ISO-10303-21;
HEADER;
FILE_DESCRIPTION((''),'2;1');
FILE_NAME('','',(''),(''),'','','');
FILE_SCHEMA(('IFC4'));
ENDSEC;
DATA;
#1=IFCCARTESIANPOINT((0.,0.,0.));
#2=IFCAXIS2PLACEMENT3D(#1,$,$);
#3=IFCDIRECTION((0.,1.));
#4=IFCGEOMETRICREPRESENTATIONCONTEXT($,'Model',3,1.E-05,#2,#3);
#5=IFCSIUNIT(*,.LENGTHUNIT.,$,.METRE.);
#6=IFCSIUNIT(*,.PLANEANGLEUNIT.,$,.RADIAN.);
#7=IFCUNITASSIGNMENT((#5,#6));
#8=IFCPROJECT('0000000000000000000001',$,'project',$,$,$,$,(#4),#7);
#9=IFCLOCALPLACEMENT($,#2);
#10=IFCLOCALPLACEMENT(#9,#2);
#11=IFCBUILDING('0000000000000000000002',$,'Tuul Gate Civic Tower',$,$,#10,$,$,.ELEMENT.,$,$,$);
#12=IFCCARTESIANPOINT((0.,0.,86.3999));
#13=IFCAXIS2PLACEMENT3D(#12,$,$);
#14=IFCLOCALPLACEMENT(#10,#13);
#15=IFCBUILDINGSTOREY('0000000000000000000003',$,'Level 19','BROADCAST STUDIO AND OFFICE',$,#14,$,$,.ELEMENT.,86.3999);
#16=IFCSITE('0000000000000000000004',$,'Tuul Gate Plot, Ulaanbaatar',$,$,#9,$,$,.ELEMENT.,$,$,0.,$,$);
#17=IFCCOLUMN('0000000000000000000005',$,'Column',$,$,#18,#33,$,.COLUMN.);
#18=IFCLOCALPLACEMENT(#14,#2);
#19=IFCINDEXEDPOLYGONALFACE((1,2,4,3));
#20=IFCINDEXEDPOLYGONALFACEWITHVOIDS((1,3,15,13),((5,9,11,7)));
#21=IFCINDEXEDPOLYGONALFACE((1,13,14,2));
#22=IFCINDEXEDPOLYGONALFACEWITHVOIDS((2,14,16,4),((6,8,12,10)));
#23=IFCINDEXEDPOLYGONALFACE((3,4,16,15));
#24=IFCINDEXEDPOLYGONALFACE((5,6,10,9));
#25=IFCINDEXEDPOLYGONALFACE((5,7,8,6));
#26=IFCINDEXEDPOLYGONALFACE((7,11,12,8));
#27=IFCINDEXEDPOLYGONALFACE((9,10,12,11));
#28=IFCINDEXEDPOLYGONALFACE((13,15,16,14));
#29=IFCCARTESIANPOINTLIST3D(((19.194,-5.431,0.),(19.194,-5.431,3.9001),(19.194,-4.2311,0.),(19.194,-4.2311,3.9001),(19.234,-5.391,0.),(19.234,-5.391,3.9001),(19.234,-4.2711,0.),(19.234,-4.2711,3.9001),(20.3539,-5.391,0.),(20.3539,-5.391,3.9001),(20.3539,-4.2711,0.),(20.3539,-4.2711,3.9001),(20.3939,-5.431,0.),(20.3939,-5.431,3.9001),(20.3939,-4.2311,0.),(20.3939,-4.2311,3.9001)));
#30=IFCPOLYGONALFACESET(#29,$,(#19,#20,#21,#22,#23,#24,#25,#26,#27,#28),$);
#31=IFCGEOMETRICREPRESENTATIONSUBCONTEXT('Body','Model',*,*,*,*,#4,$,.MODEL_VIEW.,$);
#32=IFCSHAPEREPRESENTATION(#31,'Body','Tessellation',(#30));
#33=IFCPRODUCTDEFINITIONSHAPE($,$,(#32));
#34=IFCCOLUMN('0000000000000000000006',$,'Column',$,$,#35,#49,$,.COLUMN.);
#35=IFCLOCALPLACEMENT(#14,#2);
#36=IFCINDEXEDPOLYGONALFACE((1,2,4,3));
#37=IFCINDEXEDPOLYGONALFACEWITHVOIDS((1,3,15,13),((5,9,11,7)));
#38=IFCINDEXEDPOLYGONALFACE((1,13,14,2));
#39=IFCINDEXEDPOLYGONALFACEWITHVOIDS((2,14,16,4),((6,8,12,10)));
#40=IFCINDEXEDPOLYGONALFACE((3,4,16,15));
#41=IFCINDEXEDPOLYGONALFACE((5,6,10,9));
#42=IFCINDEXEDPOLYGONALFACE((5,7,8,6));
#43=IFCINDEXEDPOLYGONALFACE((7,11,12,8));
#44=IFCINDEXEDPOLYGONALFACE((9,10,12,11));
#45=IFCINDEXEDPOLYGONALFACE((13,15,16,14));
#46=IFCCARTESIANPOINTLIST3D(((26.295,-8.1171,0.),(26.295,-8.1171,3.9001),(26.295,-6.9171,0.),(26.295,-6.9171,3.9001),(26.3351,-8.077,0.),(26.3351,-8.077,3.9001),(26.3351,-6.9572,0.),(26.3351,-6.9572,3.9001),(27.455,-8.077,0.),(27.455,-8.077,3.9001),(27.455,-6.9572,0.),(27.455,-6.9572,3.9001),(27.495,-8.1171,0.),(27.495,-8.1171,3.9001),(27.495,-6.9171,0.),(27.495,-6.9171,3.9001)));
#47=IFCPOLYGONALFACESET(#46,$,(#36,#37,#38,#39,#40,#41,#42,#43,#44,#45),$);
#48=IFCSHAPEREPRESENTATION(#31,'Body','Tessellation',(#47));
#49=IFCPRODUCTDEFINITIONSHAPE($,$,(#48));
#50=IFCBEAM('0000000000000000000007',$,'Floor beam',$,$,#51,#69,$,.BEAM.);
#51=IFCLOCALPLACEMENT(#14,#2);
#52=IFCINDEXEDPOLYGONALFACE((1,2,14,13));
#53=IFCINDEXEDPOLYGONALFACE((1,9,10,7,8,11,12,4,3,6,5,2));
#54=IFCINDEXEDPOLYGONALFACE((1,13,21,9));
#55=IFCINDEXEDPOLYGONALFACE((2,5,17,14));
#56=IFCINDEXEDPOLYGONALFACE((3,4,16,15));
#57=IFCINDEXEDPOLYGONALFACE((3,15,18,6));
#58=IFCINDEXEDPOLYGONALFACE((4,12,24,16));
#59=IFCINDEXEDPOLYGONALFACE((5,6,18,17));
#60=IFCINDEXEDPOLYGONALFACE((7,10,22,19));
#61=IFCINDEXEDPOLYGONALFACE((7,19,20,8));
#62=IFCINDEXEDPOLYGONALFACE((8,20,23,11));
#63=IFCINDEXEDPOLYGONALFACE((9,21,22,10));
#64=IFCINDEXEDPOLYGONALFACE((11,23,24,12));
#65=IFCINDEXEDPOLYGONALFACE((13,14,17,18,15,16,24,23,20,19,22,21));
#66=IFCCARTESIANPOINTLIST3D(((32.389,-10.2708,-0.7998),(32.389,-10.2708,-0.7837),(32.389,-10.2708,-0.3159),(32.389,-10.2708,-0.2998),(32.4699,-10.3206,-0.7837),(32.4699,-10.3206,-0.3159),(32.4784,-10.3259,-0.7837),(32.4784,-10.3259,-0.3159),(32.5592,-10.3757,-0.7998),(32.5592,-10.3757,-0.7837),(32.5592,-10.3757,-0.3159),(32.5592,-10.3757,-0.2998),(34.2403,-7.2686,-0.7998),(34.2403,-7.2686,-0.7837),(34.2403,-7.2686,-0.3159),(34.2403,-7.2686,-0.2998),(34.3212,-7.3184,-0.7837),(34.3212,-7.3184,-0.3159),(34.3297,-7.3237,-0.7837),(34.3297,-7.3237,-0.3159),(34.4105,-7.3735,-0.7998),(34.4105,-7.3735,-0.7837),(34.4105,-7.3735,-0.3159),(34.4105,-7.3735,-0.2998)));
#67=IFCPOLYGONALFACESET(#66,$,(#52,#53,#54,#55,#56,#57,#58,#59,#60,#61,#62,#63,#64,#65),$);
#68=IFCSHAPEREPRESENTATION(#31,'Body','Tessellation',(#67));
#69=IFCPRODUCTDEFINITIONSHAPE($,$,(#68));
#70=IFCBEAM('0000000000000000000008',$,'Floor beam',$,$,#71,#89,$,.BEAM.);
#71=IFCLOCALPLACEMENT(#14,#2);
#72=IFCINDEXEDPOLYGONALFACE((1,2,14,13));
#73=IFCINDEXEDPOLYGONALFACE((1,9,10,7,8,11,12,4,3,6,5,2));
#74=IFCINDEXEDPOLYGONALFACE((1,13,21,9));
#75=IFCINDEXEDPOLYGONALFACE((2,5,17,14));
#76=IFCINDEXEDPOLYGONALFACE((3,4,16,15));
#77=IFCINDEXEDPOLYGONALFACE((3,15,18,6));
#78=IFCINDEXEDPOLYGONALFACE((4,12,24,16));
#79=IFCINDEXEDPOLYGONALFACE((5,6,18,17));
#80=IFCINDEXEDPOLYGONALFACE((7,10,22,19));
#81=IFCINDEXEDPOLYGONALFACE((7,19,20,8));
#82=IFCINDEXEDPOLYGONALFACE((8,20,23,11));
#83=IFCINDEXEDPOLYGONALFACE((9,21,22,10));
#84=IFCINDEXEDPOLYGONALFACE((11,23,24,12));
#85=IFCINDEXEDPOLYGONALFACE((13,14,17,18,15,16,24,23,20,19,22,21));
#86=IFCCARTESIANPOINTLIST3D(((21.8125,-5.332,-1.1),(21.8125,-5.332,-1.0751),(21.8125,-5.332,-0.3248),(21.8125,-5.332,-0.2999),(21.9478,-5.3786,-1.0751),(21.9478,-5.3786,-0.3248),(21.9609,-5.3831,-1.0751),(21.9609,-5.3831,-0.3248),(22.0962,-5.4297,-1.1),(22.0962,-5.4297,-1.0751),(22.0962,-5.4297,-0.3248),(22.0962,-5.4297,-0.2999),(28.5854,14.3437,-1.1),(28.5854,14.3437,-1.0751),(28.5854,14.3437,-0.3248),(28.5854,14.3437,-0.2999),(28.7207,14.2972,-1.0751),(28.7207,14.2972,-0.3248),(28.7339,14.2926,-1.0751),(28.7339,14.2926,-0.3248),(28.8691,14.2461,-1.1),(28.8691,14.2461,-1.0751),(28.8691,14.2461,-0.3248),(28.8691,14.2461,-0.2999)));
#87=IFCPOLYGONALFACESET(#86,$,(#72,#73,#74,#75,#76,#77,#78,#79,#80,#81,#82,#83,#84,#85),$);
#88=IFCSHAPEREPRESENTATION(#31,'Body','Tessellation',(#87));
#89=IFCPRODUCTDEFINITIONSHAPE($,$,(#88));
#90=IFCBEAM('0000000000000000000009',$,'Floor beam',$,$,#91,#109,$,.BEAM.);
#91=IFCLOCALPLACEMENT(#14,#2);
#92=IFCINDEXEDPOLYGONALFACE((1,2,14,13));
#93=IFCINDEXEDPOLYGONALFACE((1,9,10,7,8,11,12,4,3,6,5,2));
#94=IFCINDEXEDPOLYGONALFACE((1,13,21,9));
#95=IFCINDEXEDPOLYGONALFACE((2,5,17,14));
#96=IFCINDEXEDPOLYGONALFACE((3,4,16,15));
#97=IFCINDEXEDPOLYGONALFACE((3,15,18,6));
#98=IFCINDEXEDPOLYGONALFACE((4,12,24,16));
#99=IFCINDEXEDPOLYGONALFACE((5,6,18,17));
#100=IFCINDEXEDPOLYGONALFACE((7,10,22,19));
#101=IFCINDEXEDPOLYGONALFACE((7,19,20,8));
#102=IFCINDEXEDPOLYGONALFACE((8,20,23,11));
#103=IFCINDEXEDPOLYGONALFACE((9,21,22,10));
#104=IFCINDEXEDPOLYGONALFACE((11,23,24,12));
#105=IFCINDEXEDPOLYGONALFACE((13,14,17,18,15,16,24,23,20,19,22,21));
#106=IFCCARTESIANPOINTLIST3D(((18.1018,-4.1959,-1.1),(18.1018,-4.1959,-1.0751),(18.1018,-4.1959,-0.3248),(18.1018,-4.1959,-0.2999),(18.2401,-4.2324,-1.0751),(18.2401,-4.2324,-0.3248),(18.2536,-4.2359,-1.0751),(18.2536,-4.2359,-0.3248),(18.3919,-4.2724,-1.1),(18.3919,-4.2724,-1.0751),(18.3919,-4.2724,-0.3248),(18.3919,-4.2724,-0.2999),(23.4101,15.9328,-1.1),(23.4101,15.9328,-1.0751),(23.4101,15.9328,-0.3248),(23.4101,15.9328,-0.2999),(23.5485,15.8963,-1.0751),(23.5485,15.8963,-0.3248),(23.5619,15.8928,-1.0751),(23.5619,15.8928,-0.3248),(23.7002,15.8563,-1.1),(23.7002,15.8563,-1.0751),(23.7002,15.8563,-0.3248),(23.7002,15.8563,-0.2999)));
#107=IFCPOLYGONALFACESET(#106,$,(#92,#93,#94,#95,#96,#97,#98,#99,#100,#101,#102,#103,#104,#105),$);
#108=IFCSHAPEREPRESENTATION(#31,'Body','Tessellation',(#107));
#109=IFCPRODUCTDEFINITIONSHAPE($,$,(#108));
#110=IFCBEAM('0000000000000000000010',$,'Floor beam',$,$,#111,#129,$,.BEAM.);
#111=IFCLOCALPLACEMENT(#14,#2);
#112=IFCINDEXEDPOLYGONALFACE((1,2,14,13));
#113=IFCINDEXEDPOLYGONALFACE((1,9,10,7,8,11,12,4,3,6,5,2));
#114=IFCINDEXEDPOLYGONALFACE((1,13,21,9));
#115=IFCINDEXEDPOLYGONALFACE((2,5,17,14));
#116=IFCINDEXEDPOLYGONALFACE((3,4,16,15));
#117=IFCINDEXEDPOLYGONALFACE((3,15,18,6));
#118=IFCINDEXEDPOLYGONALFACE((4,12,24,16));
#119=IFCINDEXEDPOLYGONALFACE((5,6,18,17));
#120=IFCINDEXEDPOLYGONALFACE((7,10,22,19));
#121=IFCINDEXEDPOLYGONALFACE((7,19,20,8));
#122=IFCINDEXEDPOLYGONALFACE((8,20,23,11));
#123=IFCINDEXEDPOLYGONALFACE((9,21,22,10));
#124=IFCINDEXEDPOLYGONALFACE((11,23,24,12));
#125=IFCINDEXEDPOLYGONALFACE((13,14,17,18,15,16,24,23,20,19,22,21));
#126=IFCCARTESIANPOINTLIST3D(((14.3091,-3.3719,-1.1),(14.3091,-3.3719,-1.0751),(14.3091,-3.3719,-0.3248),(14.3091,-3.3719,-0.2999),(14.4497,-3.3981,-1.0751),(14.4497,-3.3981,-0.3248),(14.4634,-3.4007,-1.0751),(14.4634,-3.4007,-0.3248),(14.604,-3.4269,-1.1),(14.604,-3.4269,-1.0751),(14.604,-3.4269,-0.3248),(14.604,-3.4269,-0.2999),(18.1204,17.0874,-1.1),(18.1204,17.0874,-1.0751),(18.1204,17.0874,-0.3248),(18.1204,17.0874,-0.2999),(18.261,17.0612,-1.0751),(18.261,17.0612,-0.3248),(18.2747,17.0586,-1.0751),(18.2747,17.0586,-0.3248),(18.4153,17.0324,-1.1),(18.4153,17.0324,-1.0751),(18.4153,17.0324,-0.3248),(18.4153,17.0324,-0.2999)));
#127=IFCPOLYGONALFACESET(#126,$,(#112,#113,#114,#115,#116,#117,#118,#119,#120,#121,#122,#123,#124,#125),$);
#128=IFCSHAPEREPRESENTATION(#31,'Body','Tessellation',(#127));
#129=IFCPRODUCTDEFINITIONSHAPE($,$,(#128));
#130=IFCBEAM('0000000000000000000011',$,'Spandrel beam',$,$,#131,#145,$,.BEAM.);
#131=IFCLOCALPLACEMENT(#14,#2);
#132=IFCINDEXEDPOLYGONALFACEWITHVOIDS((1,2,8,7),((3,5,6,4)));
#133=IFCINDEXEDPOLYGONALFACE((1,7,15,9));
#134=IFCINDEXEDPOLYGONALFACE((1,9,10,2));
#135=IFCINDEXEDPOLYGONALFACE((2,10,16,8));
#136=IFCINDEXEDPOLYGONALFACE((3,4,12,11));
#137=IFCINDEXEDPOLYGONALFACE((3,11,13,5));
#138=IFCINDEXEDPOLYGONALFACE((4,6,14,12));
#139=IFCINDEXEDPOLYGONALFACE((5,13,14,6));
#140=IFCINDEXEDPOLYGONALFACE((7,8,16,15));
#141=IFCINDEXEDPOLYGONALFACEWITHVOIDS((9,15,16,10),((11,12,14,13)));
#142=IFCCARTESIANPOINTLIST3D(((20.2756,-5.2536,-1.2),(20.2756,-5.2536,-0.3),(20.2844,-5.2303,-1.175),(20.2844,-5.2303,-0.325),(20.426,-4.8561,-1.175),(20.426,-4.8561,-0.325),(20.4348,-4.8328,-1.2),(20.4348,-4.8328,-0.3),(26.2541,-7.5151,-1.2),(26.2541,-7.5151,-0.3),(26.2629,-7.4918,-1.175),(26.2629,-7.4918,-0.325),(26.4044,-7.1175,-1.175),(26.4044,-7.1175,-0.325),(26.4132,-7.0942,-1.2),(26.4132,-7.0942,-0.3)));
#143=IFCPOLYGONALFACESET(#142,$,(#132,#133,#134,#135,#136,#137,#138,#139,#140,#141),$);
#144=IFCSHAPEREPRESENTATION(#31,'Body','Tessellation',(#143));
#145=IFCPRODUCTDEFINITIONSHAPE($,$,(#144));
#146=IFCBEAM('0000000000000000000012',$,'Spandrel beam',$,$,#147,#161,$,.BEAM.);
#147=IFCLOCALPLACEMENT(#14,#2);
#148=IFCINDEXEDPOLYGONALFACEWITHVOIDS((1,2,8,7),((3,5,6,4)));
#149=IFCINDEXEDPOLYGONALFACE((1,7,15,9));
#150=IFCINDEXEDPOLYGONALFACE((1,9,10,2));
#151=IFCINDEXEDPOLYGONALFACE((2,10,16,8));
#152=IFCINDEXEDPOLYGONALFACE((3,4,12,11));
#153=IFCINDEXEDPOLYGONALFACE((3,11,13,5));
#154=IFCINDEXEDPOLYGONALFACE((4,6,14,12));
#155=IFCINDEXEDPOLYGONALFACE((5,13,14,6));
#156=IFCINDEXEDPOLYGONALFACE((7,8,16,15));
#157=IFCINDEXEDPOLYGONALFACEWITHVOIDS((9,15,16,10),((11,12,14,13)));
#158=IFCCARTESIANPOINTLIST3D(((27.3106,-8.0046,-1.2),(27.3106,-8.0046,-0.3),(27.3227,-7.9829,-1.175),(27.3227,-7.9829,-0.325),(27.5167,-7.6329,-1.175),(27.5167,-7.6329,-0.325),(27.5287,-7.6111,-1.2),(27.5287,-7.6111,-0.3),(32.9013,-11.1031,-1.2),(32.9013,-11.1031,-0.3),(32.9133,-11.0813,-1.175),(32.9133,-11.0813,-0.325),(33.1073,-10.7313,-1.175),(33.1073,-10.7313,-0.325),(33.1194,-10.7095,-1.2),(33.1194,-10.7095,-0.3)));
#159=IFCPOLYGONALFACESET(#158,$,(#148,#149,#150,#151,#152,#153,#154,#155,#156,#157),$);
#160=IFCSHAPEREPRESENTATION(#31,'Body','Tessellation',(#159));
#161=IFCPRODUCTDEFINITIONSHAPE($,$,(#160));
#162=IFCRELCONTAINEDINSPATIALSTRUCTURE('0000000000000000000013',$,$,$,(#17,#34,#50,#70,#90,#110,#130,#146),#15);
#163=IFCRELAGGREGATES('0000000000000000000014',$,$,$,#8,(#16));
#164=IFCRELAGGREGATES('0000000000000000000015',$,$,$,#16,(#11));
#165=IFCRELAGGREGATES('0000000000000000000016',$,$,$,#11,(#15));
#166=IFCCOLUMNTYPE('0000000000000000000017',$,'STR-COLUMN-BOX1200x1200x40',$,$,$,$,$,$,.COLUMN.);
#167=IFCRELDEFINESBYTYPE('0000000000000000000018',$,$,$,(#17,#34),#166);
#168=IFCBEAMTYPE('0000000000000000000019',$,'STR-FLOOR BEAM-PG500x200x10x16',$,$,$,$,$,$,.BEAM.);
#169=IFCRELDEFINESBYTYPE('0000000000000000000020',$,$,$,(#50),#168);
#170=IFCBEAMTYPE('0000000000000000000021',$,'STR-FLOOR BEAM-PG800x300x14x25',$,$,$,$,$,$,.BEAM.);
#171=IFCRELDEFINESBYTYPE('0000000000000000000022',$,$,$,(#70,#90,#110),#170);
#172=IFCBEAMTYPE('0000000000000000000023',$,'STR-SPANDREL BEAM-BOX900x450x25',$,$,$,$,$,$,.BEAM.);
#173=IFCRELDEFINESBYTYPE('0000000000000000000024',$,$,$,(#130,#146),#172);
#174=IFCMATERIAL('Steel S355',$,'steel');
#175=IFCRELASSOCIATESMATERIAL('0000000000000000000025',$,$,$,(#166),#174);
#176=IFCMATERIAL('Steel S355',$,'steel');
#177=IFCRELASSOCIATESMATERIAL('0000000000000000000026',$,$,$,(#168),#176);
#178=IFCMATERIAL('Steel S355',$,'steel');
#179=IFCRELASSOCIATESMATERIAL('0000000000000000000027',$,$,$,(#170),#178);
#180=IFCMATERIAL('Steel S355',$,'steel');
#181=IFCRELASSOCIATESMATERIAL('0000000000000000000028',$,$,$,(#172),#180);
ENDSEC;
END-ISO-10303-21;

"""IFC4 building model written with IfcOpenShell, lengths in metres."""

from ifc_helpers import new_model, si_unit, direction, frame, origin, origin_2d, place, context, subcontext, project, spatial, hollow_rectangle, i_section, extrude, material, material_profile, profile_set, type_object, element, save


model = new_model("IFC4")

# Units and contexts
model_context = context("Model", 3, precision=1e-05, world=origin(), true_north=direction((0.0, 1.0)))
body_context = subcontext(model_context, "Body", "Model", "MODEL_VIEW")
ifc_project = project(units=[si_unit("LENGTHUNIT", "METRE"), si_unit("PLANEANGLEUNIT", "RADIAN")], contexts=[model_context])

# Site, building, storey
site_placement = place(None, origin())
site = spatial("IfcSite", under=ifc_project, at=site_placement, Name="Tuul Gate Plot, Ulaanbaatar", CompositionType="ELEMENT", RefElevation=0.0)
building_placement = place(site_placement, origin())
building = spatial("IfcBuilding", under=site, at=building_placement, Name="Tuul Gate Civic Tower", CompositionType="ELEMENT")
storey_placement = place(building_placement, frame((0.0, 0.0, 86.3999)))
storey = spatial("IfcBuildingStorey", under=building, at=storey_placement, Name="Level 19", Description="BROADCAST STUDIO AND OFFICE", CompositionType="ELEMENT", Elevation=86.3999)

# Columns
ifc_material_1 = material(Name="Steel S355", Category="steel")
ifc_material_profile_1 = material_profile(ifc_material_1, hollow_rectangle(XDim=1.2, YDim=1.2, WallThickness=0.04, at=origin_2d()), Name="BOX1200x1200x40")
ifc_profile_set_1 = profile_set([ifc_material_profile_1], Name="Steel S355")
column_type = type_object("IfcColumnType", Name="STR-COLUMN-BOX1200x1200x40", PredefinedType="COLUMN", material=ifc_profile_set_1)
for number, where, z_axis, x_axis, name in (
    (1, (19.7939, -4.8311, 0.0), (0.0, 0.0, 1.0), (1.0, 0.0, 0.0), "Column"),
    (2, (26.895, -7.5171, 0.0), (0.0, 0.0, 1.0), (1.0, 0.0, 0.0), "Column"),
):
    element("IfcColumn", number, at=place(storey_placement, frame(where, z_axis=z_axis, x_axis=x_axis)), inside=storey, type_object=column_type, Name=name, PredefinedType="COLUMN", context=body_context, shape_type="SweptSolid", body=[
        extrude(hollow_rectangle(XDim=1.2, YDim=1.2, WallThickness=0.04, at=origin_2d()), origin(), (0.0, 0.0, 1.0), 3.9001),
    ])

# Beams
ifc_material_2 = material(Name="Steel S355", Category="steel")
ifc_material_profile_2 = material_profile(ifc_material_2, i_section(OverallWidth=0.2, OverallDepth=0.5, WebThickness=0.01, FlangeThickness=0.0161, at=origin_2d()), Name="PG500x200x10x16")
ifc_profile_set_2 = profile_set([ifc_material_profile_2], Name="Steel S355")
beam_type_1 = type_object("IfcBeamType", Name="STR-FLOOR BEAM-PG500x200x10x16", PredefinedType="BEAM", material=ifc_profile_set_2)
beam_1_placement = place(storey_placement, frame((32.4741, -10.3232, -0.5498), z_axis=(0.524881, 0.851176, 0.0), x_axis=(-0.851176, 0.524881, 0.0)))
element("IfcBeam", 3, at=beam_1_placement, inside=storey, type_object=beam_type_1, Name="Floor beam", PredefinedType="BEAM", context=body_context, shape_type="SweptSolid", body=[
    extrude(i_section(OverallWidth=0.2, OverallDepth=0.5, WebThickness=0.01, FlangeThickness=0.0161, at=origin_2d()), origin(), (0.0, 0.0, 1.0), 3.5271),
])
ifc_material_3 = material(Name="Steel S355", Category="steel")
ifc_material_profile_3 = material_profile(ifc_material_3, i_section(OverallWidth=0.3, OverallDepth=0.8, WebThickness=0.0139, FlangeThickness=0.0249, at=origin_2d()), Name="PG800x300x14x25")
ifc_profile_set_3 = profile_set([ifc_material_profile_3], Name="Steel S355")
beam_type_2 = type_object("IfcBeamType", Name="STR-FLOOR BEAM-PG800x300x14x25", PredefinedType="BEAM", material=ifc_profile_set_3)
beam_2_placement = place(storey_placement, frame((21.9543, -5.3809, -0.7), z_axis=(0.325484, 0.945548, 0.0), x_axis=(-0.945548, 0.325484, 0.0)))
element("IfcBeam", 4, at=beam_2_placement, inside=storey, type_object=beam_type_2, Name="Floor beam", PredefinedType="BEAM", context=body_context, shape_type="SweptSolid", body=[
    extrude(i_section(OverallWidth=0.3, OverallDepth=0.8, WebThickness=0.0139, FlangeThickness=0.0249, at=origin_2d()), origin(), (0.0, 0.0, 1.0), 20.8088),
])
beam_3_placement = place(storey_placement, frame((18.2468, -4.2341, -0.7), z_axis=(0.255002, 0.96694, 0.0), x_axis=(-0.96694, 0.255002, 0.0)))
element("IfcBeam", 5, at=beam_3_placement, inside=storey, type_object=beam_type_2, Name="Floor beam", PredefinedType="BEAM", context=body_context, shape_type="SweptSolid", body=[
    extrude(i_section(OverallWidth=0.3, OverallDepth=0.8, WebThickness=0.0139, FlangeThickness=0.0249, at=origin_2d()), origin(), (0.0, 0.0, 1.0), 20.8169),
])
beam_4_placement = place(storey_placement, frame((14.4565, -3.3994, -0.7), z_axis=(0.183136, 0.983088, 0.0), x_axis=(-0.983088, 0.183136, 0.0)))
element("IfcBeam", 6, at=beam_4_placement, inside=storey, type_object=beam_type_2, Name="Floor beam", PredefinedType="BEAM", context=body_context, shape_type="SweptSolid", body=[
    extrude(i_section(OverallWidth=0.3, OverallDepth=0.8, WebThickness=0.0139, FlangeThickness=0.0249, at=origin_2d()), origin(), (0.0, 0.0, 1.0), 20.8113),
])
ifc_material_4 = material(Name="Steel S355", Category="steel")
ifc_material_profile_4 = material_profile(ifc_material_4, hollow_rectangle(XDim=0.45, YDim=0.8999, WallThickness=0.0249, at=origin_2d()), Name="BOX900x450x25")
ifc_profile_set_4 = profile_set([ifc_material_profile_4], Name="Steel S355")
beam_type_3 = type_object("IfcBeamType", Name="STR-SPANDREL BEAM-BOX900x450x25", PredefinedType="BEAM", material=ifc_profile_set_4)
for number, where, z_axis, x_axis, name in (
    (7, (20.3552, -5.0432, -0.75), (0.935321, -0.353801, 0.0), (0.353801, 0.935321, 0.0), "Spandrel beam"),
    (8, (27.4197, -7.8079, -0.75), (0.874654, -0.484748, 0.0), (0.484748, 0.874654, 0.0), "Spandrel beam"),
):
    element("IfcBeam", number, at=place(storey_placement, frame(where, z_axis=z_axis, x_axis=x_axis)), inside=storey, type_object=beam_type_3, Name=name, PredefinedType="BEAM", context=body_context, shape_type="SweptSolid", body=[
        extrude(hollow_rectangle(XDim=0.45, YDim=0.8999, WallThickness=0.0249, at=origin_2d()), origin(), (0.0, 0.0, 1.0), 6.3918),
    ])

save(model, "model.ifc")
